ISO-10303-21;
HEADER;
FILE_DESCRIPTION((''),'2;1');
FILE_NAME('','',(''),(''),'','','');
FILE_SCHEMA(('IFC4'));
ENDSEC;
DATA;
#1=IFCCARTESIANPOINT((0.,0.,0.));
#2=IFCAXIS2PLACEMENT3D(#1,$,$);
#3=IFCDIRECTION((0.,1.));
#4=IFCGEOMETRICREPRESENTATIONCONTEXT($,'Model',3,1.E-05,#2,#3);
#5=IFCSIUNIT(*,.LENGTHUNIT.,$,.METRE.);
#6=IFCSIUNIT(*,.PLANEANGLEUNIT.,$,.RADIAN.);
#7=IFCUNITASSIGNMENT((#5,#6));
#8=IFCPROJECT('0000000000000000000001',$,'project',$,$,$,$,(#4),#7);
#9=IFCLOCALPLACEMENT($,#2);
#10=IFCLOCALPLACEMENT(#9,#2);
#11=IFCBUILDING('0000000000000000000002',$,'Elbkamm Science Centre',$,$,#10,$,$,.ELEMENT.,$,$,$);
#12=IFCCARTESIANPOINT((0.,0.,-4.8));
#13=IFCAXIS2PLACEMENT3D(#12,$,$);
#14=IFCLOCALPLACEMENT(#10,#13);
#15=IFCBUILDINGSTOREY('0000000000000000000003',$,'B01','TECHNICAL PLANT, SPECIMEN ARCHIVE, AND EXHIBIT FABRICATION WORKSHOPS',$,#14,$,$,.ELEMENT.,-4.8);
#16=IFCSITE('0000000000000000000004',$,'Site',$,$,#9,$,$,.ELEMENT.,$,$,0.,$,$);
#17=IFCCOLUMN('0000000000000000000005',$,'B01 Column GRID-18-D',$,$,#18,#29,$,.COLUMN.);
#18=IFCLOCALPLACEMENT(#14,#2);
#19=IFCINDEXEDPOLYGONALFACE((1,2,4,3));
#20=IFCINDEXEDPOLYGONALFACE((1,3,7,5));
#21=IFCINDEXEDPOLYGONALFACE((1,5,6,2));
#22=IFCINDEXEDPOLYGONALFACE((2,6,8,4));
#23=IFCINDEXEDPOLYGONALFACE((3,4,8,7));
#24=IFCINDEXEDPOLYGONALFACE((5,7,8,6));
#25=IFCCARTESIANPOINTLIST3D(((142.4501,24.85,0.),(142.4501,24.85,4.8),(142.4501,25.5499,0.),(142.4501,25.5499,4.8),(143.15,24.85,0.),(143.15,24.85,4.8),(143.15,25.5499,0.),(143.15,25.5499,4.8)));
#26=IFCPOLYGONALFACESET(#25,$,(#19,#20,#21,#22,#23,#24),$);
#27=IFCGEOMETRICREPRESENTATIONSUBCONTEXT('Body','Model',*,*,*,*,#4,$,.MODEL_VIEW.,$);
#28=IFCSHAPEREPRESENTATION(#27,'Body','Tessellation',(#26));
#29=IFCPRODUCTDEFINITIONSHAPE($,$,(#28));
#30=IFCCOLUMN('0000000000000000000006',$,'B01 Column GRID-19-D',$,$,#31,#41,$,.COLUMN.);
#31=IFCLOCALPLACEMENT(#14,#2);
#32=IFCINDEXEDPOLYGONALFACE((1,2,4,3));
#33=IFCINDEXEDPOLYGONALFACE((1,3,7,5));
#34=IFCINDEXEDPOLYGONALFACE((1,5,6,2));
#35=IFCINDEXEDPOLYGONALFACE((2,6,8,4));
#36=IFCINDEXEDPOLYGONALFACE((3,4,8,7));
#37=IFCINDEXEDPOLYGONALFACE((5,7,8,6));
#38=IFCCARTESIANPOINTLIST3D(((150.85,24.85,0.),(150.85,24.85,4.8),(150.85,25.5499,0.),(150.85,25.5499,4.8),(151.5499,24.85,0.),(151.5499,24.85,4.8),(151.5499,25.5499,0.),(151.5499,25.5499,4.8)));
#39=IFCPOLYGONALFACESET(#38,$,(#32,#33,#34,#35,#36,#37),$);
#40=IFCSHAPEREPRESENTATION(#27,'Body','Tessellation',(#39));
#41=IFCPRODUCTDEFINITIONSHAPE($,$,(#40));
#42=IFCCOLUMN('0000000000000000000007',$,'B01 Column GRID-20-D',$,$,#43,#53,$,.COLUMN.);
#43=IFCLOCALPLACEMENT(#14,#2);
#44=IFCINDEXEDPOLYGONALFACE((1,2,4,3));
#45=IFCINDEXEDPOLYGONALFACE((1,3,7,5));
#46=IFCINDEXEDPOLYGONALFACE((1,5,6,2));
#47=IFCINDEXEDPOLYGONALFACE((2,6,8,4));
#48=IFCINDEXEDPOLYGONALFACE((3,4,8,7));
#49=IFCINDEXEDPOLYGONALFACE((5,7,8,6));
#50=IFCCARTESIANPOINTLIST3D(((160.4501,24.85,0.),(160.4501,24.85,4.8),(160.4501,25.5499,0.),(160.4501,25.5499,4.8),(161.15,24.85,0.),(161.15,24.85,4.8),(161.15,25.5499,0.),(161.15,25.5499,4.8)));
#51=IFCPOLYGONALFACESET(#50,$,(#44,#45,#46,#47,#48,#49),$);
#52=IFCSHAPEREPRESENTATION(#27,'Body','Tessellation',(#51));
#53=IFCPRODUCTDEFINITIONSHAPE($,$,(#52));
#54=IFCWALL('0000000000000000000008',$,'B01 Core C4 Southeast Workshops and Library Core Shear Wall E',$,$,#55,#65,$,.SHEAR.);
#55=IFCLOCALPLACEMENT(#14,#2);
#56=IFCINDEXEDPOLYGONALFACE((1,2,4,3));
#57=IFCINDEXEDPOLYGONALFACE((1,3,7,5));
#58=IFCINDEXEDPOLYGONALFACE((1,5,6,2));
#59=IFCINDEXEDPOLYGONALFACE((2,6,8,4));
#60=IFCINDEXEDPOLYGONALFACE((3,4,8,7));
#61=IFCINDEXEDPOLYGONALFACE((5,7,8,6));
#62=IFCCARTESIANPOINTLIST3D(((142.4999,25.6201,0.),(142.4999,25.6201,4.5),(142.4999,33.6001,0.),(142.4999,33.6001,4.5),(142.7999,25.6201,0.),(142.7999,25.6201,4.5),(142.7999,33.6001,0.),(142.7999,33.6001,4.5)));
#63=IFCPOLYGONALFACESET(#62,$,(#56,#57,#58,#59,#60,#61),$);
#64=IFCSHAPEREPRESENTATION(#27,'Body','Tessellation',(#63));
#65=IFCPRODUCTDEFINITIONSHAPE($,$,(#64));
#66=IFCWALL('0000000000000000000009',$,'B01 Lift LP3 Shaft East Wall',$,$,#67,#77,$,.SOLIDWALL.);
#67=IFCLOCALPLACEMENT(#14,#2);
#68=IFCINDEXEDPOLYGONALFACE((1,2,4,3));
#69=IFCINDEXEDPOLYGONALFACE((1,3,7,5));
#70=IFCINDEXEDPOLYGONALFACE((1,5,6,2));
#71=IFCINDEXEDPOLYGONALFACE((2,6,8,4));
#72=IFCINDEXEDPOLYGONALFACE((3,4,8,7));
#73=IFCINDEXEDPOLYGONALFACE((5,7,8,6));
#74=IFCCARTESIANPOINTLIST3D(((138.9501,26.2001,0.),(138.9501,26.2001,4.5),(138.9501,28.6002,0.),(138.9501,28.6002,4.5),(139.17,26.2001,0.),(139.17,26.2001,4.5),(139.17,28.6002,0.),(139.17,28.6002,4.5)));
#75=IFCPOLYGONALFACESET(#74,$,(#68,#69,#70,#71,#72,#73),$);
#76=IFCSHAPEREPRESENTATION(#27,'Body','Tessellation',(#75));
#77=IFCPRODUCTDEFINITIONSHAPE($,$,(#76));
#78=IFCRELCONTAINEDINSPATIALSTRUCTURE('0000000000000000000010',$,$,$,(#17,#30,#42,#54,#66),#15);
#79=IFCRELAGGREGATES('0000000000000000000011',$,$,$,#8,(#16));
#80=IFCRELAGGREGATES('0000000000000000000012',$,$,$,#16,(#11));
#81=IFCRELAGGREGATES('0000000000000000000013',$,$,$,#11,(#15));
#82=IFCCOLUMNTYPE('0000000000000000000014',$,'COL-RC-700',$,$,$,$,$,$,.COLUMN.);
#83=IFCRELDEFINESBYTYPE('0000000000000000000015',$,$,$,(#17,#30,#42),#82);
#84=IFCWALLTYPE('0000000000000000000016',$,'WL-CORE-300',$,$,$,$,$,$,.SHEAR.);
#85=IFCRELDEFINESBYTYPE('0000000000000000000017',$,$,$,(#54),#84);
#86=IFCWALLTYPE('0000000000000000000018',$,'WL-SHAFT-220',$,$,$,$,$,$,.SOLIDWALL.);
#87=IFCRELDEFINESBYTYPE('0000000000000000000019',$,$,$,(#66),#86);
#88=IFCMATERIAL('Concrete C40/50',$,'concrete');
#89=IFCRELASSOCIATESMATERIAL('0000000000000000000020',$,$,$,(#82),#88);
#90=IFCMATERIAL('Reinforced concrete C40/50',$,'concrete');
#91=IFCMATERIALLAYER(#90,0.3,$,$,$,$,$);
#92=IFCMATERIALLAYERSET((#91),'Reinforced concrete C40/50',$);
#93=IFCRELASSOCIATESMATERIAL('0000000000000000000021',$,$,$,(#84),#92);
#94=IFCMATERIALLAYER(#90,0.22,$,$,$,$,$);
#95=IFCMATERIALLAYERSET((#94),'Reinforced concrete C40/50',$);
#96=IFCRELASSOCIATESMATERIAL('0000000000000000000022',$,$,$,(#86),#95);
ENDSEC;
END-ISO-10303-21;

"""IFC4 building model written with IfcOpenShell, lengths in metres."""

from ifc_helpers import new_model, si_unit, direction, frame, frame_2d, origin, origin_2d, place, context, subcontext, project, spatial, rectangle, extrude, material, layer, layer_set, material_profile, profile_set, type_object, element, save


model = new_model("IFC4")

# Units and contexts
model_context = context("Model", 3, precision=1e-05, world=origin(), true_north=direction((0.0, 1.0)))
body_context = subcontext(model_context, "Body", "Model", "MODEL_VIEW")
ifc_project = project(units=[si_unit("LENGTHUNIT", "METRE"), si_unit("PLANEANGLEUNIT", "RADIAN")], contexts=[model_context])

# Site, building, storey
site_placement = place(None, origin())
site = spatial("IfcSite", under=ifc_project, at=site_placement, Name="Site", CompositionType="ELEMENT", RefElevation=0.0)
building_placement = place(site_placement, origin())
building = spatial("IfcBuilding", under=site, at=building_placement, Name="Elbkamm Science Centre", CompositionType="ELEMENT")
storey_placement = place(building_placement, frame((0.0, 0.0, -4.8)))
storey = spatial("IfcBuildingStorey", under=building, at=storey_placement, Name="B01", Description="TECHNICAL PLANT, SPECIMEN ARCHIVE, AND EXHIBIT FABRICATION WORKSHOPS", CompositionType="ELEMENT", Elevation=-4.8)

# Columns
ifc_material_1 = material(Name="Concrete C40/50", Category="concrete")
ifc_material_profile_1 = material_profile(ifc_material_1, rectangle(XDim=0.7, YDim=0.7, at=origin_2d()), Name="RC 700x700")
ifc_profile_set_1 = profile_set([ifc_material_profile_1], Name="Concrete C40/50")
column_type = type_object("IfcColumnType", Name="COL-RC-700", PredefinedType="COLUMN", material=ifc_profile_set_1)
for number, where, z_axis, x_axis, name in (
    (1, (142.8, 25.2, 0.0), (0.0, 0.0, 1.0), (1.0, 0.0, 0.0), "B01 Column GRID-18-D"),
    (2, (151.2, 25.2, 0.0), (0.0, 0.0, 1.0), (1.0, 0.0, 0.0), "B01 Column GRID-19-D"),
    (3, (160.8, 25.2, 0.0), (0.0, 0.0, 1.0), (1.0, 0.0, 0.0), "B01 Column GRID-20-D"),
):
    element("IfcColumn", number, at=place(storey_placement, frame(where, z_axis=z_axis, x_axis=x_axis)), inside=storey, type_object=column_type, Name=name, PredefinedType="COLUMN", context=body_context, shape_type="SweptSolid", body=[
        extrude(rectangle(XDim=0.7, YDim=0.7, at=origin_2d()), origin(), (0.0, 0.0, 1.0), 4.8),
    ])

# Walls
ifc_material_2 = material(Name="Reinforced concrete C40/50", Category="concrete")
ifc_layer_1 = layer(ifc_material_2, 0.3)
ifc_layer_set_1 = layer_set([ifc_layer_1], Name="Reinforced concrete C40/50")
wall_type_1 = type_object("IfcWallType", Name="WL-CORE-300", PredefinedType="SHEAR", material=ifc_layer_set_1)
wall_1_placement = place(storey_placement, frame((142.6499, 25.6201, 0.0), z_axis=(0.0, 0.0, 1.0), x_axis=(0.0, 1.0, 0.0)))
element("IfcWall", 4, at=wall_1_placement, inside=storey, type_object=wall_type_1, Name="B01 Core C4 Southeast Workshops and Library Core Shear Wall E", PredefinedType="SHEAR", context=body_context, shape_type="SweptSolid", body=[
    extrude(rectangle(XDim=7.98, YDim=0.3, at=frame_2d((3.99, 0.0))), origin(), (0.0, 0.0, 1.0), 4.5),
])
ifc_layer_2 = layer(ifc_material_2, 0.22)
ifc_layer_set_2 = layer_set([ifc_layer_2], Name="Reinforced concrete C40/50")
wall_type_2 = type_object("IfcWallType", Name="WL-SHAFT-220", PredefinedType="SOLIDWALL", material=ifc_layer_set_2)
wall_2_placement = place(storey_placement, frame((139.0601, 26.2, 0.0), z_axis=(0.0, 0.0, 1.0), x_axis=(0.0, 1.0, 0.0)))
element("IfcWall", 5, at=wall_2_placement, inside=storey, type_object=wall_type_2, Name="B01 Lift LP3 Shaft East Wall", PredefinedType="SOLIDWALL", context=body_context, shape_type="SweptSolid", body=[
    extrude(rectangle(XDim=2.4001, YDim=0.22, at=frame_2d((1.2002, 0.0))), origin(), (0.0, 0.0, 1.0), 4.5),
])

save(model, "model.ifc")
